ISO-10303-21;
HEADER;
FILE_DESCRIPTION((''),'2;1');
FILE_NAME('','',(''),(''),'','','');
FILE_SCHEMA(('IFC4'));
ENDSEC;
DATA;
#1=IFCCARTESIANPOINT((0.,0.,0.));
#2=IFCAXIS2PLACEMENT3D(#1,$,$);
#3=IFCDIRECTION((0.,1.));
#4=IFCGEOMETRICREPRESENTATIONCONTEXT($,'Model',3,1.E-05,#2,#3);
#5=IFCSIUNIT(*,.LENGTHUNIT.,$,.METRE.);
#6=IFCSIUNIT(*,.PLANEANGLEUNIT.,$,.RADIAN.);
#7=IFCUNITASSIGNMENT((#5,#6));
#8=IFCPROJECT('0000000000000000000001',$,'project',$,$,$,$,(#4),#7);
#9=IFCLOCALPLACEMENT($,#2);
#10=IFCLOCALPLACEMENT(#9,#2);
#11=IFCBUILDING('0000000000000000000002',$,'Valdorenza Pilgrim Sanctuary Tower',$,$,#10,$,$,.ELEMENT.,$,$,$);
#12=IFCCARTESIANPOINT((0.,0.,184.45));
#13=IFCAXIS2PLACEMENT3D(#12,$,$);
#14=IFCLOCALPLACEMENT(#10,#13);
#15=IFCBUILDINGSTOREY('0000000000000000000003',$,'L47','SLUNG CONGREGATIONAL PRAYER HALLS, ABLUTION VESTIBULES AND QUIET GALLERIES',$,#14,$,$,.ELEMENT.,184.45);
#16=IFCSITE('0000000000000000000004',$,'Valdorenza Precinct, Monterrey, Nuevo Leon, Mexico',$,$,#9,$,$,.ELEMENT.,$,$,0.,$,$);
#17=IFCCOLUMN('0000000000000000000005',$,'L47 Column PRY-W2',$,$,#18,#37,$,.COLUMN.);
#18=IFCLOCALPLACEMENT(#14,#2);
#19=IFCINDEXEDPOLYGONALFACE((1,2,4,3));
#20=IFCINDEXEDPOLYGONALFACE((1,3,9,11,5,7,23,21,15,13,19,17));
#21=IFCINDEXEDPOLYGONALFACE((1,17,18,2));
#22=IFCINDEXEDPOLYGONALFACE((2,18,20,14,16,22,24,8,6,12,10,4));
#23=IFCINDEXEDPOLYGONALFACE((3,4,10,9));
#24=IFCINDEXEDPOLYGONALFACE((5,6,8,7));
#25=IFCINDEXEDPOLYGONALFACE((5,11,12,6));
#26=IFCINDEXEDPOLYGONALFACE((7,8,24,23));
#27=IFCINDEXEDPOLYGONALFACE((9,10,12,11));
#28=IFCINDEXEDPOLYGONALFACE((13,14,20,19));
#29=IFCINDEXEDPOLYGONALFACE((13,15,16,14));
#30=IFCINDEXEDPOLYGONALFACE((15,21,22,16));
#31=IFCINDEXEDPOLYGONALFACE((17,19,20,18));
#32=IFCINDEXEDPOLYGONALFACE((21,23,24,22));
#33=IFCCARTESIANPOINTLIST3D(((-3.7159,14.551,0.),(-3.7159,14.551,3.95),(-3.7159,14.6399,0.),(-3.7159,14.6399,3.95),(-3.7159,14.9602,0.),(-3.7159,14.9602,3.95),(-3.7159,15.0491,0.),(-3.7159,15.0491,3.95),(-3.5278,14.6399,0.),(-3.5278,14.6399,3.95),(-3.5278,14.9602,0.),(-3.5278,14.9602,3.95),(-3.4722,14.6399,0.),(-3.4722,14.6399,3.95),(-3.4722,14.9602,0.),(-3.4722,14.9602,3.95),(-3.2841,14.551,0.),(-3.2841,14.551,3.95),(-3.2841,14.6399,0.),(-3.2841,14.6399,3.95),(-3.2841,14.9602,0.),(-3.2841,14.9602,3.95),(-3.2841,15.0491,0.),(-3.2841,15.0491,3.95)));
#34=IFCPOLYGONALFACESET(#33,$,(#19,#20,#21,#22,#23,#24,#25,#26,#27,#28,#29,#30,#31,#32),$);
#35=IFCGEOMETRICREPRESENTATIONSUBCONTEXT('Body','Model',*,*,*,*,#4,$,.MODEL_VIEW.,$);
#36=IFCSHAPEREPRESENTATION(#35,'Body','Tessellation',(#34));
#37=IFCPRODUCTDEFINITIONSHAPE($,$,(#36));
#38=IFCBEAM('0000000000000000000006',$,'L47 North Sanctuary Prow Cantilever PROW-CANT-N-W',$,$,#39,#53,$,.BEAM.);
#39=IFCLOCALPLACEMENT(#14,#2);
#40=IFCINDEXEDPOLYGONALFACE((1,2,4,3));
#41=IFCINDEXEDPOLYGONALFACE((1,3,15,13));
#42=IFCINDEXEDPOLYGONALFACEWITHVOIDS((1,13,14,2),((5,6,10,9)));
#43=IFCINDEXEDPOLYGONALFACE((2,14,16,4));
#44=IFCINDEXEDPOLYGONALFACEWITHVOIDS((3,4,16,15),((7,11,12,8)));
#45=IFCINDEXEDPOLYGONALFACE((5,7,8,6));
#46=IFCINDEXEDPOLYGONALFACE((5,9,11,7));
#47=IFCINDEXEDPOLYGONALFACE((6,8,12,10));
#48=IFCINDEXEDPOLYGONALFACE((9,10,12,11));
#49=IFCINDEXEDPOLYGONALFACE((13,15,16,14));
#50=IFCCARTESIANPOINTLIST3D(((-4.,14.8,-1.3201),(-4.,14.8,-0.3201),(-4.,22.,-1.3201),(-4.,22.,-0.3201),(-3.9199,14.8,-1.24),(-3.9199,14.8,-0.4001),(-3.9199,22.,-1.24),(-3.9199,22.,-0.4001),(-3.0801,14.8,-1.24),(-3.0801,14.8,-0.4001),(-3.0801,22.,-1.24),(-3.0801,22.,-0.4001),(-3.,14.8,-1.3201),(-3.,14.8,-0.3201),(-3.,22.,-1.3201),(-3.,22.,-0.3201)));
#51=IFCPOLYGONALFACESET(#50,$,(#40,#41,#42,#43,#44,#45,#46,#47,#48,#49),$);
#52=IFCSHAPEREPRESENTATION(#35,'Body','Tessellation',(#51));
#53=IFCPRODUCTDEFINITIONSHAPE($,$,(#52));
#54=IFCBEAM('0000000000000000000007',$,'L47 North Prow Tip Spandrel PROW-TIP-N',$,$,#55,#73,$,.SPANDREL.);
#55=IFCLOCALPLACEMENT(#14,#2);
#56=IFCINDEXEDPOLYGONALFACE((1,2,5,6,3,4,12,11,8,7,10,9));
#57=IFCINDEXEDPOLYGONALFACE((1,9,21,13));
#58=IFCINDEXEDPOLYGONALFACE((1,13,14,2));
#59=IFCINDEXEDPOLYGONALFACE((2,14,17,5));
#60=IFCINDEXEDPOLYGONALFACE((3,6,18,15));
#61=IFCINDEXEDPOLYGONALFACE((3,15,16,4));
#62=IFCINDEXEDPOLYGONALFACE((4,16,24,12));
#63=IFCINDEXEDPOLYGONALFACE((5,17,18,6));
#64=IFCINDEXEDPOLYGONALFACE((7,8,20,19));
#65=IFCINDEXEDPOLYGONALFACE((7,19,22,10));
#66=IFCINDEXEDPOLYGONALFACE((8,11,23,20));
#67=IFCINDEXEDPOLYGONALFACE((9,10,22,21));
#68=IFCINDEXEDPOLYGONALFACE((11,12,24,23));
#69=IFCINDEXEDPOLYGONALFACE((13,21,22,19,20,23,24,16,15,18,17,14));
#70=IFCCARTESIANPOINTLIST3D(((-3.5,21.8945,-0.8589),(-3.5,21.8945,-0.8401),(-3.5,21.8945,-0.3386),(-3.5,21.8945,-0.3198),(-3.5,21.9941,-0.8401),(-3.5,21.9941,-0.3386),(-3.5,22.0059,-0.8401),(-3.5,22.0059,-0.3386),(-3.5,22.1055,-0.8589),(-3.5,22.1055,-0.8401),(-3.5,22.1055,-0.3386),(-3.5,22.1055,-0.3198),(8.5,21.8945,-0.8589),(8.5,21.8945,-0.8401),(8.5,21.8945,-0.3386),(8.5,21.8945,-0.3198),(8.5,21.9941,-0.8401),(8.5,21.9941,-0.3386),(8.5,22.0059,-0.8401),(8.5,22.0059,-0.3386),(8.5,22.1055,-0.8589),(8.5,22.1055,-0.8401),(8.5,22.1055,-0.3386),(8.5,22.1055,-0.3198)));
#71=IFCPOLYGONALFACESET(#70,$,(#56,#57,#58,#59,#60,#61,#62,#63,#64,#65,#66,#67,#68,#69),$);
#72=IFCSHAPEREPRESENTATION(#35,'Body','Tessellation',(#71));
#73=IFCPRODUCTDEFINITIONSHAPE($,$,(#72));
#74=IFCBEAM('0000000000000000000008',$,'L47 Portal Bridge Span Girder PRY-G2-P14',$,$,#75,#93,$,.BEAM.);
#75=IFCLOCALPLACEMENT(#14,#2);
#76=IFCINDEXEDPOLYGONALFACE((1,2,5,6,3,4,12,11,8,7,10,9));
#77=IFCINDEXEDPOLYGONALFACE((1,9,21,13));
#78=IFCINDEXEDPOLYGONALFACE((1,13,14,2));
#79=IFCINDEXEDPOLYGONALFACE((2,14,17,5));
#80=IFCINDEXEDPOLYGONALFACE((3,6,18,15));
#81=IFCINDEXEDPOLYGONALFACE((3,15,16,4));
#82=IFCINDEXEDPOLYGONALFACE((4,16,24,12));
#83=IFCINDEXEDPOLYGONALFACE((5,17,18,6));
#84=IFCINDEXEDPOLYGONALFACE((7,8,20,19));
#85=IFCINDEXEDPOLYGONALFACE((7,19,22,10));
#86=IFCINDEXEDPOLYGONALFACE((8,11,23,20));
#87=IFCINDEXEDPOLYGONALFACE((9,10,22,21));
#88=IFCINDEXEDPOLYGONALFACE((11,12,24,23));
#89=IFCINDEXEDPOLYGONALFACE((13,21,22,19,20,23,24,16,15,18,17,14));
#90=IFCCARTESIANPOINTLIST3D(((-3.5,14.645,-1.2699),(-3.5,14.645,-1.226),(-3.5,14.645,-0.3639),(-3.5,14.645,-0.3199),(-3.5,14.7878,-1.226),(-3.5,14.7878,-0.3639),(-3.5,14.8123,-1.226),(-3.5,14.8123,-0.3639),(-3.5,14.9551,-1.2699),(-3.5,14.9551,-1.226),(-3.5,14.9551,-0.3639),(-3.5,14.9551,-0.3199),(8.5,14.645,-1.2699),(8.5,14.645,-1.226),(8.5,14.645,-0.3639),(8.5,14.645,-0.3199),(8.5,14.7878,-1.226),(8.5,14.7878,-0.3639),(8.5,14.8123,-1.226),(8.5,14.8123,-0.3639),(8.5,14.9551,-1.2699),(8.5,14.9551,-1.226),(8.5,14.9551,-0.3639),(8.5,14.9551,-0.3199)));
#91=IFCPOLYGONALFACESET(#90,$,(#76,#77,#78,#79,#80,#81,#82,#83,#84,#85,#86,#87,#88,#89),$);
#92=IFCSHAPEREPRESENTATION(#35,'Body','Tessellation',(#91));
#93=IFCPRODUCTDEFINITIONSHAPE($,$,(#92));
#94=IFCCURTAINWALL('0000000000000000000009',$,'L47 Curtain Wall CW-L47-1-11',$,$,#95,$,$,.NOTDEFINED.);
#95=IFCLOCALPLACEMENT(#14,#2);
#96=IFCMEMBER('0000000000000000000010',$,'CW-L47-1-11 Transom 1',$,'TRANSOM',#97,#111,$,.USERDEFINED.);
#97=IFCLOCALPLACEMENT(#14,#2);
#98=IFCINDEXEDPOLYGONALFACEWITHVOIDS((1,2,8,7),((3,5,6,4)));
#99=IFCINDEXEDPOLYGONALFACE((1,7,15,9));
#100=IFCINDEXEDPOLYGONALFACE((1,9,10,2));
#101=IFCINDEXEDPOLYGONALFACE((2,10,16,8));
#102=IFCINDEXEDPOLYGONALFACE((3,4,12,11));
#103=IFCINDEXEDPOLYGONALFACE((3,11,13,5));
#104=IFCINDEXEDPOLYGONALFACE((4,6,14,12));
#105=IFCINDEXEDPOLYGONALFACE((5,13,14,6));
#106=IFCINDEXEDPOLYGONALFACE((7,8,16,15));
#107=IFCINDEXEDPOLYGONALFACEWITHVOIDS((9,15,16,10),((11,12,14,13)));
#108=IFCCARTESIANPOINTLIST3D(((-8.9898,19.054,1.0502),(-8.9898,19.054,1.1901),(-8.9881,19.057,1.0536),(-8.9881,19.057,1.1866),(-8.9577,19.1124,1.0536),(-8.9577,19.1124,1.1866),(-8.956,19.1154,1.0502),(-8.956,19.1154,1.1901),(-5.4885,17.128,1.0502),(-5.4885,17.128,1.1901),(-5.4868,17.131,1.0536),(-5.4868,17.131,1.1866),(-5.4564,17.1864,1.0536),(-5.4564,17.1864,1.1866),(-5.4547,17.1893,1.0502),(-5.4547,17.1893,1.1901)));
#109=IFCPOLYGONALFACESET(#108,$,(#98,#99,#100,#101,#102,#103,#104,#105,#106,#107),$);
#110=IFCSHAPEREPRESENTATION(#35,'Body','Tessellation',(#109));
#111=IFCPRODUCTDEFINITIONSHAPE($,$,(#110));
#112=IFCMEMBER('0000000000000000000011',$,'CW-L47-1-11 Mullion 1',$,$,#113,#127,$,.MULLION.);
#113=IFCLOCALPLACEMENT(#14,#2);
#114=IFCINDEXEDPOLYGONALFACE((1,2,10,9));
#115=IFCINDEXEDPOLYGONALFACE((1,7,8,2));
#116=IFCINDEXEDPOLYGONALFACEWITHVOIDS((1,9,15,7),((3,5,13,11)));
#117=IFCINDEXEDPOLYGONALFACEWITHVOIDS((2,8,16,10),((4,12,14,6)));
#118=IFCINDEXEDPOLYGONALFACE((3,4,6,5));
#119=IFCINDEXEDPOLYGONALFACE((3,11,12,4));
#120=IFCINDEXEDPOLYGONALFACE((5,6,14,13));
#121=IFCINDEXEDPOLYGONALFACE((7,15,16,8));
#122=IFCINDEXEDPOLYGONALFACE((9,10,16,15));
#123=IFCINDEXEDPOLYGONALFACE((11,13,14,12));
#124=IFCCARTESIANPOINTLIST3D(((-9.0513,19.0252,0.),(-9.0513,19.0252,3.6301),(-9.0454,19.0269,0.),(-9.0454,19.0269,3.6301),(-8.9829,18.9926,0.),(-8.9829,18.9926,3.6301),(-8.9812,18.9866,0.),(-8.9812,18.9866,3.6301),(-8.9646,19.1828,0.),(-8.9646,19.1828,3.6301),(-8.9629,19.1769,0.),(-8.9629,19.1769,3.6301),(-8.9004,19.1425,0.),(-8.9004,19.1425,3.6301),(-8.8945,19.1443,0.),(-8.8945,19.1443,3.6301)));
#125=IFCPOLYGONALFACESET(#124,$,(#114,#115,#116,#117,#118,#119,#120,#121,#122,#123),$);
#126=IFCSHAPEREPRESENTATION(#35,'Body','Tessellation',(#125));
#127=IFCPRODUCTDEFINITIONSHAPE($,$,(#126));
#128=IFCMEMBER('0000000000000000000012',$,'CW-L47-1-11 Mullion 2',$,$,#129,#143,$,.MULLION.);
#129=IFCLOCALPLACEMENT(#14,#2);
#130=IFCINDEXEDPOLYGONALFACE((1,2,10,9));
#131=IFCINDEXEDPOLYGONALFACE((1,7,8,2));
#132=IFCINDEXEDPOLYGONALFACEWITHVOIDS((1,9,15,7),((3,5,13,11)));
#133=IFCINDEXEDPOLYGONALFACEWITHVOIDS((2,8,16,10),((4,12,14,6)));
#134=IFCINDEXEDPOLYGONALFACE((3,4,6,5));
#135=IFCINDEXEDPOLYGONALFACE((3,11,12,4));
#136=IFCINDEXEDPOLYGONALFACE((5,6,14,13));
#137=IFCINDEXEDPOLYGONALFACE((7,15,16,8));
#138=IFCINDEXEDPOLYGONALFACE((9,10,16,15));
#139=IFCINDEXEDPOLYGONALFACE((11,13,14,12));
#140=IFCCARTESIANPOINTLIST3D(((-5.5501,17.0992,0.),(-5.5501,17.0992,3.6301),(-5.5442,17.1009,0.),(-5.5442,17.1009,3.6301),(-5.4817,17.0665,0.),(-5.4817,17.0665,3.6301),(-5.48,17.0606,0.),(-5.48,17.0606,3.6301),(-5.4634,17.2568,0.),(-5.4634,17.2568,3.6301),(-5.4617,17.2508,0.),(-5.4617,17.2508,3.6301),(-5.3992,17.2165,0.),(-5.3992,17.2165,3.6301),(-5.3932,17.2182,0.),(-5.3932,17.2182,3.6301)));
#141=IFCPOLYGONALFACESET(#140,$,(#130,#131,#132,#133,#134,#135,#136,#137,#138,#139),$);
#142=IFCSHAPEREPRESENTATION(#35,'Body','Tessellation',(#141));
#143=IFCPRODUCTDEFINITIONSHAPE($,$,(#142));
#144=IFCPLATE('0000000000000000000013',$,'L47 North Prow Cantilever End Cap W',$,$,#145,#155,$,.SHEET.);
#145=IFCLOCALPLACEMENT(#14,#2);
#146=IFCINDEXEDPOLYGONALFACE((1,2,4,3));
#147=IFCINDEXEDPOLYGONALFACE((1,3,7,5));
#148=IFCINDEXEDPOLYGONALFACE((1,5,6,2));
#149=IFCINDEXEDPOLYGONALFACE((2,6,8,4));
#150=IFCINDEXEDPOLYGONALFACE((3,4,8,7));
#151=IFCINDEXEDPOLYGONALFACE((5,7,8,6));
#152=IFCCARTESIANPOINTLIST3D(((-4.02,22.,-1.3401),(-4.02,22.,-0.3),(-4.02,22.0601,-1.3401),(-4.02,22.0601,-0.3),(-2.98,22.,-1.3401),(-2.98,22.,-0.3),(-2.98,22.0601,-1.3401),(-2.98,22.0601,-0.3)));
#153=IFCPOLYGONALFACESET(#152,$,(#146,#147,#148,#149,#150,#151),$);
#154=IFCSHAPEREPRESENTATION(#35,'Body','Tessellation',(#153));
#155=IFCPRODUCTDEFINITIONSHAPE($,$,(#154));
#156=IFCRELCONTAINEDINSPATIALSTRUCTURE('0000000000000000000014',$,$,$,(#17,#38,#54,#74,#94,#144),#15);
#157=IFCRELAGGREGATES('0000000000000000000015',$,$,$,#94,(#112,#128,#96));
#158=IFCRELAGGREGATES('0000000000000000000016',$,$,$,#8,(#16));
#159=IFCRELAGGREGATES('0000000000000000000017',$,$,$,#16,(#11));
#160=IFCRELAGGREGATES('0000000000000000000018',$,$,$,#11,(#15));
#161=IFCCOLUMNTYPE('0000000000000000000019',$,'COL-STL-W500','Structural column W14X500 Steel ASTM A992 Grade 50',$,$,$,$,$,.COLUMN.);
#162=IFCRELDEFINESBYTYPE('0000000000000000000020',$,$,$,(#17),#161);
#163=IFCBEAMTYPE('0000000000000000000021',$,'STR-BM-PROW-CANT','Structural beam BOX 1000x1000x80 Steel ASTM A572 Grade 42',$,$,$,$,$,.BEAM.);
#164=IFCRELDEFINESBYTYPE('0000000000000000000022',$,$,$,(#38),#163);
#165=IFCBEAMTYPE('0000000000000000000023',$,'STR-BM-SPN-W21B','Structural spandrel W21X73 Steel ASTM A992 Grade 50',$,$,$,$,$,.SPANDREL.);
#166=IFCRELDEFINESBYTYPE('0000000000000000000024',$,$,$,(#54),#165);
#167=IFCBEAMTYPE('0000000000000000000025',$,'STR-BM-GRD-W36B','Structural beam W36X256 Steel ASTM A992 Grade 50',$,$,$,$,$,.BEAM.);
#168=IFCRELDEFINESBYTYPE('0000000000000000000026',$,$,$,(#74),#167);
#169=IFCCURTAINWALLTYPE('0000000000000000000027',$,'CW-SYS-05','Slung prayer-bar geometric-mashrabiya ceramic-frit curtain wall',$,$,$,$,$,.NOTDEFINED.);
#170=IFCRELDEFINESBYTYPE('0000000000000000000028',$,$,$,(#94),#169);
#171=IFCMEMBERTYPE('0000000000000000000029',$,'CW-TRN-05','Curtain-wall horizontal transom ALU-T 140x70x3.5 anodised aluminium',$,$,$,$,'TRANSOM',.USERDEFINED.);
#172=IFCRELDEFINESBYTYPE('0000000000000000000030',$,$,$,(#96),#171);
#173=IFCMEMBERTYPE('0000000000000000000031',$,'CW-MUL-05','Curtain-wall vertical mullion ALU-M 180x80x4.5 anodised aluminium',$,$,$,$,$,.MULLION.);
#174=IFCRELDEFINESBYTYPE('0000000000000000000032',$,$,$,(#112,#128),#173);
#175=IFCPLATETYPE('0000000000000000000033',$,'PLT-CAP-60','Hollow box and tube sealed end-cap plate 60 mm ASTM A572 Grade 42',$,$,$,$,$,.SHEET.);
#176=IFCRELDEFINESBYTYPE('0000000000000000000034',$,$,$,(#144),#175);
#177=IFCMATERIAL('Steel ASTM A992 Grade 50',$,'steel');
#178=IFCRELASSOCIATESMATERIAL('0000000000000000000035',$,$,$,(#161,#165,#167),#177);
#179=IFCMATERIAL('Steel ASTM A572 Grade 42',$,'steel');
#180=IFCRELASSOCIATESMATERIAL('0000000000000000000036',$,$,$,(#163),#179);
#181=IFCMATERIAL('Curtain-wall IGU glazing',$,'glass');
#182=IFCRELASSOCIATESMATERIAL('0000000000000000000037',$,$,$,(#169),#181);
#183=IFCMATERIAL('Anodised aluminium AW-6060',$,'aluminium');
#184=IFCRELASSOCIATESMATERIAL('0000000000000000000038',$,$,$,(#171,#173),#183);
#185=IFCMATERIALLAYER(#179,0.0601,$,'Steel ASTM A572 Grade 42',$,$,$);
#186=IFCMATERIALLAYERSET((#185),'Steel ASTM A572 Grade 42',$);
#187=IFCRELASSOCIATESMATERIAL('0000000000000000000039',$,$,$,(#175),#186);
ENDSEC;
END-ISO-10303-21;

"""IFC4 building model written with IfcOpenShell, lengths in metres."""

from ifc_helpers import new_model, si_unit, direction, frame, origin, origin_2d, place, context, subcontext, project, spatial, rectangle, hollow_rectangle, i_section, extrude, source, transform, mapped, material, layer, layer_set, material_profile, profile_set, type_object, element, aggregate, save


model = new_model("IFC4")

# Units and contexts
model_context = context("Model", 3, precision=1e-05, world=origin(), true_north=direction((0.0, 1.0)))
body_context = subcontext(model_context, "Body", "Model", "MODEL_VIEW")
ifc_project = project(units=[si_unit("LENGTHUNIT", "METRE"), si_unit("PLANEANGLEUNIT", "RADIAN")], contexts=[model_context])

# Site, building, storey
site_placement = place(None, origin())
site = spatial("IfcSite", under=ifc_project, at=site_placement, Name="Valdorenza Precinct, Monterrey, Nuevo Leon, Mexico", CompositionType="ELEMENT", RefElevation=0.0)
building_placement = place(site_placement, origin())
building = spatial("IfcBuilding", under=site, at=building_placement, Name="Valdorenza Pilgrim Sanctuary Tower", CompositionType="ELEMENT")
storey_placement = place(building_placement, frame((0.0, 0.0, 184.45)))
storey = spatial("IfcBuildingStorey", under=building, at=storey_placement, Name="L47", Description="SLUNG CONGREGATIONAL PRAYER HALLS, ABLUTION VESTIBULES AND QUIET GALLERIES", CompositionType="ELEMENT", Elevation=184.45)

# Column
ifc_material_1 = material(Name="Steel ASTM A992 Grade 50", Category="steel")
ifc_material_profile_1 = material_profile(ifc_material_1, i_section(OverallWidth=0.4319, OverallDepth=0.498, WebThickness=0.0557, FlangeThickness=0.0889, at=origin_2d()), Name="W14X500")
ifc_profile_set_1 = profile_set([ifc_material_profile_1], Name="Steel ASTM A992 Grade 50")
column_type = type_object("IfcColumnType", Name="COL-STL-W500", Description="Structural column W14X500 Steel ASTM A992 Grade 50", PredefinedType="COLUMN", material=ifc_profile_set_1)
shared_shape_1 = source(origin(), body_context, "Body", "SweptSolid", [
    extrude(i_section(OverallWidth=0.4319, OverallDepth=0.498, WebThickness=0.0557, FlangeThickness=0.0889, at=origin_2d()), origin(), (0.0, 0.0, 1.0), 3.95),
])
column_placement = place(storey_placement, frame((-3.5, 14.8, 0.0), z_axis=(0.0, 0.0, 1.0), x_axis=(1.0, 0.0, 0.0)))
element("IfcColumn", 1, at=column_placement, inside=storey, type_object=column_type, Name="L47 Column PRY-W2", PredefinedType="COLUMN", context=body_context, shape_type="MappedRepresentation", body=[
    mapped(shared_shape_1, transform((0.0, 0.0, 0.0), x_axis=(1.0, 0.0, 0.0), y_axis=(0.0, 1.0, 0.0), z_axis=(0.0, 0.0, 1.0), scale=1.0)),
])

# Beams
ifc_material_2 = material(Name="Steel ASTM A572 Grade 42", Category="steel")
ifc_material_profile_2 = material_profile(ifc_material_2, hollow_rectangle(XDim=1.0, YDim=1.0, WallThickness=0.0801, at=origin_2d()), Name="BOX 1000x1000x80")
ifc_profile_set_2 = profile_set([ifc_material_profile_2], Name="Steel ASTM A572 Grade 42")
beam_type_1 = type_object("IfcBeamType", Name="STR-BM-PROW-CANT", Description="Structural beam BOX 1000x1000x80 Steel ASTM A572 Grade 42", PredefinedType="BEAM", material=ifc_profile_set_2)
shared_shape_2 = source(origin(), body_context, "Body", "SweptSolid", [
    extrude(hollow_rectangle(XDim=1.0, YDim=1.0, WallThickness=0.0801, at=origin_2d()), origin(), (0.0, 0.0, 1.0), 7.2),
])
beam_1_placement = place(storey_placement, frame((-3.5, 14.8, -0.8201), z_axis=(0.0, 1.0, 0.0), x_axis=(-1.0, 0.0, 0.0)))
element("IfcBeam", 2, at=beam_1_placement, inside=storey, type_object=beam_type_1, Name="L47 North Sanctuary Prow Cantilever PROW-CANT-N-W", PredefinedType="BEAM", context=body_context, shape_type="MappedRepresentation", body=[
    mapped(shared_shape_2, transform((0.0, 0.0, 0.0), x_axis=(1.0, 0.0, 0.0), y_axis=(0.0, 1.0, 0.0), z_axis=(0.0, 0.0, 1.0), scale=1.0)),
])
ifc_material_profile_3 = material_profile(ifc_material_1, i_section(OverallWidth=0.2109, OverallDepth=0.5391, WebThickness=0.0117, FlangeThickness=0.0188, at=origin_2d()), Name="W21X73")
ifc_profile_set_3 = profile_set([ifc_material_profile_3], Name="Steel ASTM A992 Grade 50")
beam_type_2 = type_object("IfcBeamType", Name="STR-BM-SPN-W21B", Description="Structural spandrel W21X73 Steel ASTM A992 Grade 50", PredefinedType="SPANDREL", material=ifc_profile_set_3)
shared_shape_3 = source(origin(), body_context, "Body", "SweptSolid", [
    extrude(i_section(OverallWidth=0.2109, OverallDepth=0.5391, WebThickness=0.0117, FlangeThickness=0.0188, at=origin_2d()), origin(), (0.0, 0.0, 1.0), 12.0),
])
beam_2_placement = place(storey_placement, frame((-3.5, 22.0, -0.5894), z_axis=(1.0, 0.0, 0.0), x_axis=(0.0, 1.0, 0.0)))
element("IfcBeam", 3, at=beam_2_placement, inside=storey, type_object=beam_type_2, Name="L47 North Prow Tip Spandrel PROW-TIP-N", PredefinedType="SPANDREL", context=body_context, shape_type="MappedRepresentation", body=[
    mapped(shared_shape_3, transform((0.0, 0.0, 0.0), x_axis=(1.0, 0.0, 0.0), y_axis=(0.0, 1.0, 0.0), z_axis=(0.0, 0.0, 1.0), scale=1.0)),
])
ifc_material_profile_4 = material_profile(ifc_material_1, i_section(OverallWidth=0.3101, OverallDepth=0.95, WebThickness=0.0244, FlangeThickness=0.0439, at=origin_2d()), Name="W36X256")
ifc_profile_set_4 = profile_set([ifc_material_profile_4], Name="Steel ASTM A992 Grade 50")
beam_type_3 = type_object("IfcBeamType", Name="STR-BM-GRD-W36B", Description="Structural beam W36X256 Steel ASTM A992 Grade 50", PredefinedType="BEAM", material=ifc_profile_set_4)
shared_shape_4 = source(origin(), body_context, "Body", "SweptSolid", [
    extrude(i_section(OverallWidth=0.3101, OverallDepth=0.95, WebThickness=0.0244, FlangeThickness=0.0439, at=origin_2d()), origin(), (0.0, 0.0, 1.0), 12.0),
])
beam_3_placement = place(storey_placement, frame((-3.5, 14.8, -0.7949), z_axis=(1.0, 0.0, 0.0), x_axis=(0.0, 1.0, 0.0)))
element("IfcBeam", 4, at=beam_3_placement, inside=storey, type_object=beam_type_3, Name="L47 Portal Bridge Span Girder PRY-G2-P14", PredefinedType="BEAM", context=body_context, shape_type="MappedRepresentation", body=[
    mapped(shared_shape_4, transform((0.0, 0.0, 0.0), x_axis=(1.0, 0.0, 0.0), y_axis=(0.0, 1.0, 0.0), z_axis=(0.0, 0.0, 1.0), scale=1.0)),
])

# Curtain wall, members
ifc_material_3 = material(Name="Curtain-wall IGU glazing", Category="glass")
curtain_wall_type = type_object("IfcCurtainWallType", Name="CW-SYS-05", Description="Slung prayer-bar geometric-mashrabiya ceramic-frit curtain wall", PredefinedType="NOTDEFINED", material=ifc_material_3)
curtain_wall_placement = place(storey_placement, origin())
curtain_wall = element("IfcCurtainWall", 5, at=curtain_wall_placement, inside=storey, type_object=curtain_wall_type, Name="L47 Curtain Wall CW-L47-1-11", PredefinedType="NOTDEFINED")
ifc_material_4 = material(Name="Anodised aluminium AW-6060", Category="aluminium")
ifc_material_profile_5 = material_profile(ifc_material_4, hollow_rectangle(XDim=0.0701, YDim=0.1399, WallThickness=0.0034, at=origin_2d()), Name="ALU-T 140x70x3.5")
ifc_profile_set_5 = profile_set([ifc_material_profile_5], Name="Anodised aluminium AW-6060")
member_type_1 = type_object("IfcMemberType", Name="CW-TRN-05", Description="Curtain-wall horizontal transom ALU-T 140x70x3.5 anodised aluminium", ElementType="TRANSOM", PredefinedType="USERDEFINED", material=ifc_profile_set_5)
shared_shape_5 = source(origin(), body_context, "Body", "SweptSolid", [
    extrude(hollow_rectangle(XDim=0.0701, YDim=0.1399, WallThickness=0.0034, at=origin_2d()), origin(), (0.0, 0.0, 1.0), 3.9961),
])
member_1_placement = place(storey_placement, frame((-8.9729, 19.0847, 1.1201), z_axis=(0.876178, -0.481987, 0.0), x_axis=(0.481987, 0.876178, 0.0)))
member_1 = element("IfcMember", 6, at=member_1_placement, type_object=member_type_1, Name="CW-L47-1-11 Transom 1", ObjectType="TRANSOM", PredefinedType="USERDEFINED", context=body_context, shape_type="MappedRepresentation", body=[
    mapped(shared_shape_5, transform((0.0, 0.0, 0.0), x_axis=(1.0, 0.0, 0.0), y_axis=(0.0, 1.0, 0.0), z_axis=(0.0, 0.0, 1.0), scale=1.0)),
])
ifc_material_profile_6 = material_profile(ifc_material_4, hollow_rectangle(XDim=0.0801, YDim=0.1799, WallThickness=0.0044, at=origin_2d()), Name="ALU-M 180x80x4.5")
ifc_profile_set_6 = profile_set([ifc_material_profile_6], Name="Anodised aluminium AW-6060")
member_type_2 = type_object("IfcMemberType", Name="CW-MUL-05", Description="Curtain-wall vertical mullion ALU-M 180x80x4.5 anodised aluminium", PredefinedType="MULLION", material=ifc_profile_set_6)
shared_shape_6 = source(origin(), body_context, "Body", "SweptSolid", [
    extrude(hollow_rectangle(XDim=0.0801, YDim=0.1799, WallThickness=0.0044, at=origin_2d()), origin(), (0.0, 0.0, 1.0), 3.6301),
])
member_2_placement = place(storey_placement, frame((-8.9729, 19.0847, 0.0), z_axis=(0.0, 0.0, 1.0), x_axis=(0.876214, -0.481922, 0.0)))
member_2 = element("IfcMember", 7, at=member_2_placement, type_object=member_type_2, Name="CW-L47-1-11 Mullion 1", PredefinedType="MULLION", context=body_context, shape_type="MappedRepresentation", body=[
    mapped(shared_shape_6, transform((0.0, 0.0, 0.0), x_axis=(1.0, 0.0, 0.0), y_axis=(0.0, 1.0, 0.0), z_axis=(0.0, 0.0, 1.0), scale=1.0)),
])
member_3_placement = place(storey_placement, frame((-5.4717, 17.1587, 0.0), z_axis=(0.0, 0.0, 1.0), x_axis=(0.876214, -0.481922, 0.0)))
member_3 = element("IfcMember", 8, at=member_3_placement, type_object=member_type_2, Name="CW-L47-1-11 Mullion 2", PredefinedType="MULLION", context=body_context, shape_type="MappedRepresentation", body=[
    mapped(shared_shape_6, transform((0.0, 0.0, 0.0), x_axis=(1.0, 0.0, 0.0), y_axis=(0.0, 1.0, 0.0), z_axis=(0.0, 0.0, 1.0), scale=1.0)),
])

# Plate
ifc_layer_1 = layer(ifc_material_2, 0.0601, Name="Steel ASTM A572 Grade 42")
ifc_layer_set_1 = layer_set([ifc_layer_1], Name="Steel ASTM A572 Grade 42")
plate_type_1 = type_object("IfcPlateType", Name="PLT-CAP-60", Description="Hollow box and tube sealed end-cap plate 60 mm ASTM A572 Grade 42", PredefinedType="SHEET", material=ifc_layer_set_1)
shared_shape_7 = source(origin(), body_context, "Body", "SweptSolid", [
    extrude(rectangle(XDim=1.04, YDim=0.0601, at=origin_2d()), origin(), (0.0, 0.0, 1.0), 1.04),
])
plate_1_placement = place(storey_placement, frame((-3.5, 22.03, -1.3401), z_axis=(0.0, 0.0, 1.0), x_axis=(1.0, 0.0, 0.0)))
element("IfcPlate", 9, at=plate_1_placement, inside=storey, type_object=plate_type_1, Name="L47 North Prow Cantilever End Cap W", PredefinedType="SHEET", context=body_context, shape_type="MappedRepresentation", body=[
    mapped(shared_shape_7, transform((0.0, 0.0, 0.0), x_axis=(1.0, 0.0, 0.0), y_axis=(0.0, 1.0, 0.0), z_axis=(0.0, 0.0, 1.0), scale=1.0)),
])
aggregate(curtain_wall, [member_2, member_3, member_1])

save(model, "model.ifc")
